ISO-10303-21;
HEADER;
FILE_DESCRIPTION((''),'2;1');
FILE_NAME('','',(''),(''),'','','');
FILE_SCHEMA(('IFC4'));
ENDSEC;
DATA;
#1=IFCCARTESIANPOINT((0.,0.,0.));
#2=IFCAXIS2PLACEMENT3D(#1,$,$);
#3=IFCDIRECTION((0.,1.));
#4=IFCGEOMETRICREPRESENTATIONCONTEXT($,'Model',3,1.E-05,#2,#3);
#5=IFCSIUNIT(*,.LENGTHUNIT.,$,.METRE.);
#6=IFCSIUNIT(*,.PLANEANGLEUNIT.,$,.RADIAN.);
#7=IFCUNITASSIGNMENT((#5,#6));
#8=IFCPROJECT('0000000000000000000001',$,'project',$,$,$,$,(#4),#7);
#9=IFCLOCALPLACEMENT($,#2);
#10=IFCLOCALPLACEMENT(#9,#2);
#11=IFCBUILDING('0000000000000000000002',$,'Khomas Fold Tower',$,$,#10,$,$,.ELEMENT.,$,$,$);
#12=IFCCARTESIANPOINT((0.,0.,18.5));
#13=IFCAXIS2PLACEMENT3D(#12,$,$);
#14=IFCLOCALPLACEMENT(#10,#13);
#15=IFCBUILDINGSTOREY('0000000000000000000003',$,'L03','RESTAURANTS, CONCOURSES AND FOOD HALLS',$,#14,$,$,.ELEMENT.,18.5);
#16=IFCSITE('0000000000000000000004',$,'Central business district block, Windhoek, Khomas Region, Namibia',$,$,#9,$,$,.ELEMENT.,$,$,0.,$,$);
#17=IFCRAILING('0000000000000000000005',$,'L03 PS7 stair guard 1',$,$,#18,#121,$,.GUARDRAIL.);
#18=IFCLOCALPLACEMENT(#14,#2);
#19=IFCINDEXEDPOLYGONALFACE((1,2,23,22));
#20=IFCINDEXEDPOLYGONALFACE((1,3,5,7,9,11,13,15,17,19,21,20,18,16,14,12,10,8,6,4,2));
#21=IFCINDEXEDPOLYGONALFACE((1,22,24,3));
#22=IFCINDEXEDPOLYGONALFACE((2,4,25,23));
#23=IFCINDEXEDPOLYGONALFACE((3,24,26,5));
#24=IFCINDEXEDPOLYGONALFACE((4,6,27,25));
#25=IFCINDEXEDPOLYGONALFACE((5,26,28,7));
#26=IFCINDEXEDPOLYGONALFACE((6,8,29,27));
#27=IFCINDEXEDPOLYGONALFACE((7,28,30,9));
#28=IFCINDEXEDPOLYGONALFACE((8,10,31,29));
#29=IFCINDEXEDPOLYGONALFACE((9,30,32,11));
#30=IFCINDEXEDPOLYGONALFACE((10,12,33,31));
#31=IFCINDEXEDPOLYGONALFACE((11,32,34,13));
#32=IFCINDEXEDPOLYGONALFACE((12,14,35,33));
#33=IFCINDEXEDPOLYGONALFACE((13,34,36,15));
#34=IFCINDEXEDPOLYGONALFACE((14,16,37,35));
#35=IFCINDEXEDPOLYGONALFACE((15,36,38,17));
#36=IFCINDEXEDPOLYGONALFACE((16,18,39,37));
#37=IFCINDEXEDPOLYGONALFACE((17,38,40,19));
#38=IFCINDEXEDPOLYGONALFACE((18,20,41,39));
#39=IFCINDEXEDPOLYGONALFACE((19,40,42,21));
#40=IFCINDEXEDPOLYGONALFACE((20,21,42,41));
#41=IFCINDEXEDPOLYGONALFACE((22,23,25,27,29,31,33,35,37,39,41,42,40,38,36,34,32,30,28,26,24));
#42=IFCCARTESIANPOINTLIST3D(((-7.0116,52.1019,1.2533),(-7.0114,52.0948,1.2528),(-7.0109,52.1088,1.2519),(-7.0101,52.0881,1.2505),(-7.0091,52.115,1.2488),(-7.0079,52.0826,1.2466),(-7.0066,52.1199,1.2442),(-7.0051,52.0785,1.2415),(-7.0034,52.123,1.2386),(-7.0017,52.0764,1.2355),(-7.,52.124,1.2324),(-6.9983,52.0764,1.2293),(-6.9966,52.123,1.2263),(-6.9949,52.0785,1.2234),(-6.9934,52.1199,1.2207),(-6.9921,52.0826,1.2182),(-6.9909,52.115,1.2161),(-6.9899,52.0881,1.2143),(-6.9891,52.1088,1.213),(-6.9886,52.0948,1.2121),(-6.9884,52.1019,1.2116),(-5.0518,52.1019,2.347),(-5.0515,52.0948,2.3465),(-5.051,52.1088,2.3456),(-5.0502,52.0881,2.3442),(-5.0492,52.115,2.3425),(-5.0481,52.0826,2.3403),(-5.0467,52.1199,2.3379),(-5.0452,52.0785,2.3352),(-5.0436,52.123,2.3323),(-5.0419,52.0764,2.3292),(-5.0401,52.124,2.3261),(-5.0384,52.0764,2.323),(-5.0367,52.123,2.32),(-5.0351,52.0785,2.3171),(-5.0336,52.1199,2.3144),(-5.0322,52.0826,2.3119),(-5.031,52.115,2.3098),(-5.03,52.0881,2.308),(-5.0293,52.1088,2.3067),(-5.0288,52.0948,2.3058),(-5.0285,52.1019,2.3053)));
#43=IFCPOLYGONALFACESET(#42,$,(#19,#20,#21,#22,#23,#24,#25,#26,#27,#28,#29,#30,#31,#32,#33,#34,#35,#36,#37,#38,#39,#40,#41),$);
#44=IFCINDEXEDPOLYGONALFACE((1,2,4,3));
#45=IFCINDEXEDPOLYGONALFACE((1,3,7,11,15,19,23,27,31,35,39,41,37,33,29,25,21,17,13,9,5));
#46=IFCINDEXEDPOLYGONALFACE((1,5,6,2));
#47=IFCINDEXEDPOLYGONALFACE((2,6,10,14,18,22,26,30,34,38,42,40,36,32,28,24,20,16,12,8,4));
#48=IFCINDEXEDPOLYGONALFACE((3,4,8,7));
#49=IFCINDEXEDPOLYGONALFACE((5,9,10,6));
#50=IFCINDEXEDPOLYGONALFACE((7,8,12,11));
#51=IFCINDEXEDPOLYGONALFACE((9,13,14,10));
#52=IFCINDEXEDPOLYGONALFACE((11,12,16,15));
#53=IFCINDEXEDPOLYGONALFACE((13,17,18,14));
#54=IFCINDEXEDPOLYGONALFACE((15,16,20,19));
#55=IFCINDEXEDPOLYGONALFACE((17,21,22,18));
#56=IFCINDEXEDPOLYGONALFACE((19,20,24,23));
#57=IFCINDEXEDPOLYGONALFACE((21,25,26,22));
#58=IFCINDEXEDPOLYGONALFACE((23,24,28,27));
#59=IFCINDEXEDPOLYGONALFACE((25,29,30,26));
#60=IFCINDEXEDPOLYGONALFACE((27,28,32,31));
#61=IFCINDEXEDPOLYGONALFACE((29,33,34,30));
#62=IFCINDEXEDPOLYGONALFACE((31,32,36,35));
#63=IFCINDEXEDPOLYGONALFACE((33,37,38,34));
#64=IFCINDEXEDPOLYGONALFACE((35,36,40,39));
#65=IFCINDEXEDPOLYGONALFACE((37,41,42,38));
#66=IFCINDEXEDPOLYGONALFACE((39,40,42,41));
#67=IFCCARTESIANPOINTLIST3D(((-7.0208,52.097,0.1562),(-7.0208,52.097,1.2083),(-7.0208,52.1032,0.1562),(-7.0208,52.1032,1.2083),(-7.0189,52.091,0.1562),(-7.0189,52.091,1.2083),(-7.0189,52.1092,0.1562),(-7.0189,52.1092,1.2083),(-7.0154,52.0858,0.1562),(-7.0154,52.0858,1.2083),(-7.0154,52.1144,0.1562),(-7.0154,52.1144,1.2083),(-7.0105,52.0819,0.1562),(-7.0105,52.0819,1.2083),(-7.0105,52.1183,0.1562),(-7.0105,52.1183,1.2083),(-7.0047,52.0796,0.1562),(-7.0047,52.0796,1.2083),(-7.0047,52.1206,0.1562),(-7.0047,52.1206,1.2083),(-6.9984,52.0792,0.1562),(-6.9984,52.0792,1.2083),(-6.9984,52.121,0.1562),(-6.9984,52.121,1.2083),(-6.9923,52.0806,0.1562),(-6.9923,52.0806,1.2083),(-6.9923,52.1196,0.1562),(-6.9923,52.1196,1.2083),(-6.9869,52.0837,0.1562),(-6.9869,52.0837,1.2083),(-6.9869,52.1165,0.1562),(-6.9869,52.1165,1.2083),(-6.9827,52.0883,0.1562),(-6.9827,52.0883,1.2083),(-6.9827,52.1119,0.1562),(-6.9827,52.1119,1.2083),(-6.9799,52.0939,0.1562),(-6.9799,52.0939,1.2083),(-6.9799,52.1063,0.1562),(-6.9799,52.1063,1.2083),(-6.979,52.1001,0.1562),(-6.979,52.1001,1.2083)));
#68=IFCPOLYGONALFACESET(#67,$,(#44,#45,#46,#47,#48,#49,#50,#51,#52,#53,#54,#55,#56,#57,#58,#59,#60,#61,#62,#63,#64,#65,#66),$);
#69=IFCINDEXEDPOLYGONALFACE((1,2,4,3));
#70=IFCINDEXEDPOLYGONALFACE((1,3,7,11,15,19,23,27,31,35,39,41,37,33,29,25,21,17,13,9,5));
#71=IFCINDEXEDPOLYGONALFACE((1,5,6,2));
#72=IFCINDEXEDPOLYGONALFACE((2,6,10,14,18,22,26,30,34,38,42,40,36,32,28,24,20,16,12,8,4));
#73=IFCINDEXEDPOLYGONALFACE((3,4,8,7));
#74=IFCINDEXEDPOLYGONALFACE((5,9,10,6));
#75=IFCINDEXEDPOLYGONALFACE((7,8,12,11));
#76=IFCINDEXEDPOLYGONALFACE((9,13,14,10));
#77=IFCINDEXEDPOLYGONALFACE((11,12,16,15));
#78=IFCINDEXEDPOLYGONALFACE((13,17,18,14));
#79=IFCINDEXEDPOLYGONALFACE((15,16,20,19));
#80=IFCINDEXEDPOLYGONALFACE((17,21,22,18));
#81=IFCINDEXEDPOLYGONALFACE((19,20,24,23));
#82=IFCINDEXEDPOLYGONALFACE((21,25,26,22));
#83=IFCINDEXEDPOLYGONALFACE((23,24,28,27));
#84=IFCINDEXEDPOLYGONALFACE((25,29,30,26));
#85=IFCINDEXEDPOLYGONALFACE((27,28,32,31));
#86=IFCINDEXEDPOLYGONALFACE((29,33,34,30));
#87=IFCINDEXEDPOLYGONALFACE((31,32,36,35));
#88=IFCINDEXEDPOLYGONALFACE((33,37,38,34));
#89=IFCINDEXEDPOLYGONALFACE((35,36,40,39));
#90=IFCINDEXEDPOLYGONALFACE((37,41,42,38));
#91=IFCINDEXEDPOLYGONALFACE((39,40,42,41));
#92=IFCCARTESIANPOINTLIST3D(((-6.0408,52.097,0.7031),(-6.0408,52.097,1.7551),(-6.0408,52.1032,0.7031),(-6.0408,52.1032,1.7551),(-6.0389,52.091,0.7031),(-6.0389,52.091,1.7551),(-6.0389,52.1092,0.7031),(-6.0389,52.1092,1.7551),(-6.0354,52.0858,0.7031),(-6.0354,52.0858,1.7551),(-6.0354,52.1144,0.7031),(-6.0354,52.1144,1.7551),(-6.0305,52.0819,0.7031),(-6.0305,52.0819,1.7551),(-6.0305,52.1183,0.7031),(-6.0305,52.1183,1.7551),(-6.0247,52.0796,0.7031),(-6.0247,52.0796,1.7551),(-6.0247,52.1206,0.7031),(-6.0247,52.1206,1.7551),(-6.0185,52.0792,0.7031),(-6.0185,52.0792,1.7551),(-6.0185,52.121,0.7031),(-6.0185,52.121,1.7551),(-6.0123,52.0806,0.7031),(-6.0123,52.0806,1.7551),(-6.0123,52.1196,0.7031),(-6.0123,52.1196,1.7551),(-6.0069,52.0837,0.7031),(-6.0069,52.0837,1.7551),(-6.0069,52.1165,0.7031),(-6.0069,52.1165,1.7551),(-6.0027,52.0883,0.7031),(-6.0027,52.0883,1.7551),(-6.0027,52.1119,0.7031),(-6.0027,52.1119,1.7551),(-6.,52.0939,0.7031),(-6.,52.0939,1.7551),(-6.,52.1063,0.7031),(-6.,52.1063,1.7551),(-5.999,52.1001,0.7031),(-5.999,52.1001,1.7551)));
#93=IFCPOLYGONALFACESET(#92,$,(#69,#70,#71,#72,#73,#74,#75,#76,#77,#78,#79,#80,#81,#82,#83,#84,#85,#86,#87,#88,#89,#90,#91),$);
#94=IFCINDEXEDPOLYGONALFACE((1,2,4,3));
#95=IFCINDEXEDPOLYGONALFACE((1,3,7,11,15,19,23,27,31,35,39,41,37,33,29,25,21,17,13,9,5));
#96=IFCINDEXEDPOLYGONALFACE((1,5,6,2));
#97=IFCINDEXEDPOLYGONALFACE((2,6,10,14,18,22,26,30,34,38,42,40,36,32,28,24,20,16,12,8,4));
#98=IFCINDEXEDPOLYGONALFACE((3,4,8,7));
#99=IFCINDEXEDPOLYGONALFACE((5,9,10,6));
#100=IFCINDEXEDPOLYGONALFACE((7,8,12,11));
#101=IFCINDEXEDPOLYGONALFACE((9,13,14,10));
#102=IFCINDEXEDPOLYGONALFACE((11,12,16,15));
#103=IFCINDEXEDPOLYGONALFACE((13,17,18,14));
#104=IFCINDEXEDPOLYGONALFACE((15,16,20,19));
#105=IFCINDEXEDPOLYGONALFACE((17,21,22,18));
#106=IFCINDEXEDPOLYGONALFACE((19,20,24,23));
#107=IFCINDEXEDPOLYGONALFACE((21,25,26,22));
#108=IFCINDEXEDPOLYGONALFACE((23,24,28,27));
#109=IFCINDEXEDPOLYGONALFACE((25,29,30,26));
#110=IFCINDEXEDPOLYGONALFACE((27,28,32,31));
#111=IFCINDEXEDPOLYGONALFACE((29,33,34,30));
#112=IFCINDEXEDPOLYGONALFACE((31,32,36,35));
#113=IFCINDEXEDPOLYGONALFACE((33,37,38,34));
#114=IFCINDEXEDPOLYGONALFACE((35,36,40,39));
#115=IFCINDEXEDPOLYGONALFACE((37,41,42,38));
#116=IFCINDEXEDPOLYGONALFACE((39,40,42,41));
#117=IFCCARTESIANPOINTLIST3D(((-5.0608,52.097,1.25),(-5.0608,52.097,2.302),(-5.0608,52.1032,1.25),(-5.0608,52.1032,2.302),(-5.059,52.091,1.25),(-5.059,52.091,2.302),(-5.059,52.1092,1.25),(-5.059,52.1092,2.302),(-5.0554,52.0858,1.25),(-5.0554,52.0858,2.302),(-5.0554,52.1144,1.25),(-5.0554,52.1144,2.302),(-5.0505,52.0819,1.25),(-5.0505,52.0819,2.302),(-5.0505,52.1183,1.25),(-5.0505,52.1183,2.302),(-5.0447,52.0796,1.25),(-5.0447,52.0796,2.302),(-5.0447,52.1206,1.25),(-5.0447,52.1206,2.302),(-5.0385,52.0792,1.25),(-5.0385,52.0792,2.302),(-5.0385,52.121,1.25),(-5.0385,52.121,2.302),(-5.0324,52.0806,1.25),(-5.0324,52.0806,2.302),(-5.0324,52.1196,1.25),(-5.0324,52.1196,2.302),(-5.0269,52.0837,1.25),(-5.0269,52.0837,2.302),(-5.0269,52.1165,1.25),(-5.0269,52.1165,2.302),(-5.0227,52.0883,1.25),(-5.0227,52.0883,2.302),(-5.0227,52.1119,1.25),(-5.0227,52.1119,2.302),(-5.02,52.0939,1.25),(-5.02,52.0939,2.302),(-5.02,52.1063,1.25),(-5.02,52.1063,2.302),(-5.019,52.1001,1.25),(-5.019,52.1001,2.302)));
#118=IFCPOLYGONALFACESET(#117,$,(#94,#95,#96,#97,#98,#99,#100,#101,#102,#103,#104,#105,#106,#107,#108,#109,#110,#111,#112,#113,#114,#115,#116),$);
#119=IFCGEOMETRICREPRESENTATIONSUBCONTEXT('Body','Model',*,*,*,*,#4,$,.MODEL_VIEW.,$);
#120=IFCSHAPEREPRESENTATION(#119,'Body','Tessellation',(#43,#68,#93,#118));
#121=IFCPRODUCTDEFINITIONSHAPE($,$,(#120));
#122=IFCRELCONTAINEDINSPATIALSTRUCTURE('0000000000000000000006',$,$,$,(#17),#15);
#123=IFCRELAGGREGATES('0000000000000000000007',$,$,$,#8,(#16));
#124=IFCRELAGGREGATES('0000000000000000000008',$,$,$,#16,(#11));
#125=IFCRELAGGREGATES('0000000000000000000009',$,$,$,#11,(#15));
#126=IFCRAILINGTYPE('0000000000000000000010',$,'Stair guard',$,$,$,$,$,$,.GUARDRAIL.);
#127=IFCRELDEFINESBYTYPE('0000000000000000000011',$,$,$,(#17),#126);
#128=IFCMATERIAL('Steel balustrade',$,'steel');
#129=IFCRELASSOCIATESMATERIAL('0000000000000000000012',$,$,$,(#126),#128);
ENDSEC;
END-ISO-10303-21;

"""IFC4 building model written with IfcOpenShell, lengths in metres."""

from ifc_helpers import new_model, si_unit, direction, frame, origin, origin_2d, place, context, subcontext, project, spatial, circle, extrude, source, transform, mapped, material, type_object, element, save


model = new_model("IFC4")

# Units and contexts
model_context = context("Model", 3, precision=1e-05, world=origin(), true_north=direction((0.0, 1.0)))
body_context = subcontext(model_context, "Body", "Model", "MODEL_VIEW")
ifc_project = project(units=[si_unit("LENGTHUNIT", "METRE"), si_unit("PLANEANGLEUNIT", "RADIAN")], contexts=[model_context])

# Site, building, storey
site_placement = place(None, origin())
site = spatial("IfcSite", under=ifc_project, at=site_placement, Name="Central business district block, Windhoek, Khomas Region, Namibia", CompositionType="ELEMENT", RefElevation=0.0)
building_placement = place(site_placement, origin())
building = spatial("IfcBuilding", under=site, at=building_placement, Name="Khomas Fold Tower", CompositionType="ELEMENT")
storey_placement = place(building_placement, frame((0.0, 0.0, 18.5)))
storey = spatial("IfcBuildingStorey", under=building, at=storey_placement, Name="L03", Description="RESTAURANTS, CONCOURSES AND FOOD HALLS", CompositionType="ELEMENT", Elevation=18.5)

# Railing
ifc_material_1 = material(Name="Steel balustrade", Category="steel")
railing_type_1 = type_object("IfcRailingType", Name="Stair guard", PredefinedType="GUARDRAIL", material=ifc_material_1)
shared_shape_1 = source(origin(), body_context, "Body", "SweptSolid", [
    extrude(circle(Radius=0.0239, at=origin_2d()), frame((0.0, 0.0, 1.0762), z_axis=(0.873232, 0.0, 0.487304), x_axis=(0.0, 1.0, 0.0)), (0.0, 0.0, 1.0), 2.2444),
    extrude(circle(Radius=0.021, at=origin_2d()), origin(), (0.0, 0.0, 1.0), 1.052),
    extrude(circle(Radius=0.021, at=origin_2d()), frame((0.98, 0.0, 0.5469)), (0.0, 0.0, 1.0), 1.052),
    extrude(circle(Radius=0.021, at=origin_2d()), frame((1.96, 0.0, 1.0938)), (0.0, 0.0, 1.0), 1.052),
])
for number, where, name in (
    (1, (-7.0, 52.1001, 0.1562), "L03 PS7 stair guard 1"),
):
    element("IfcRailing", number, at=place(storey_placement, frame(where)), inside=storey, type_object=railing_type_1, Name=name, PredefinedType="GUARDRAIL", context=body_context, shape_type="MappedRepresentation", body=[
        mapped(shared_shape_1, transform((0.0, 0.0, 0.0))),
    ])

save(model, "model.ifc")
